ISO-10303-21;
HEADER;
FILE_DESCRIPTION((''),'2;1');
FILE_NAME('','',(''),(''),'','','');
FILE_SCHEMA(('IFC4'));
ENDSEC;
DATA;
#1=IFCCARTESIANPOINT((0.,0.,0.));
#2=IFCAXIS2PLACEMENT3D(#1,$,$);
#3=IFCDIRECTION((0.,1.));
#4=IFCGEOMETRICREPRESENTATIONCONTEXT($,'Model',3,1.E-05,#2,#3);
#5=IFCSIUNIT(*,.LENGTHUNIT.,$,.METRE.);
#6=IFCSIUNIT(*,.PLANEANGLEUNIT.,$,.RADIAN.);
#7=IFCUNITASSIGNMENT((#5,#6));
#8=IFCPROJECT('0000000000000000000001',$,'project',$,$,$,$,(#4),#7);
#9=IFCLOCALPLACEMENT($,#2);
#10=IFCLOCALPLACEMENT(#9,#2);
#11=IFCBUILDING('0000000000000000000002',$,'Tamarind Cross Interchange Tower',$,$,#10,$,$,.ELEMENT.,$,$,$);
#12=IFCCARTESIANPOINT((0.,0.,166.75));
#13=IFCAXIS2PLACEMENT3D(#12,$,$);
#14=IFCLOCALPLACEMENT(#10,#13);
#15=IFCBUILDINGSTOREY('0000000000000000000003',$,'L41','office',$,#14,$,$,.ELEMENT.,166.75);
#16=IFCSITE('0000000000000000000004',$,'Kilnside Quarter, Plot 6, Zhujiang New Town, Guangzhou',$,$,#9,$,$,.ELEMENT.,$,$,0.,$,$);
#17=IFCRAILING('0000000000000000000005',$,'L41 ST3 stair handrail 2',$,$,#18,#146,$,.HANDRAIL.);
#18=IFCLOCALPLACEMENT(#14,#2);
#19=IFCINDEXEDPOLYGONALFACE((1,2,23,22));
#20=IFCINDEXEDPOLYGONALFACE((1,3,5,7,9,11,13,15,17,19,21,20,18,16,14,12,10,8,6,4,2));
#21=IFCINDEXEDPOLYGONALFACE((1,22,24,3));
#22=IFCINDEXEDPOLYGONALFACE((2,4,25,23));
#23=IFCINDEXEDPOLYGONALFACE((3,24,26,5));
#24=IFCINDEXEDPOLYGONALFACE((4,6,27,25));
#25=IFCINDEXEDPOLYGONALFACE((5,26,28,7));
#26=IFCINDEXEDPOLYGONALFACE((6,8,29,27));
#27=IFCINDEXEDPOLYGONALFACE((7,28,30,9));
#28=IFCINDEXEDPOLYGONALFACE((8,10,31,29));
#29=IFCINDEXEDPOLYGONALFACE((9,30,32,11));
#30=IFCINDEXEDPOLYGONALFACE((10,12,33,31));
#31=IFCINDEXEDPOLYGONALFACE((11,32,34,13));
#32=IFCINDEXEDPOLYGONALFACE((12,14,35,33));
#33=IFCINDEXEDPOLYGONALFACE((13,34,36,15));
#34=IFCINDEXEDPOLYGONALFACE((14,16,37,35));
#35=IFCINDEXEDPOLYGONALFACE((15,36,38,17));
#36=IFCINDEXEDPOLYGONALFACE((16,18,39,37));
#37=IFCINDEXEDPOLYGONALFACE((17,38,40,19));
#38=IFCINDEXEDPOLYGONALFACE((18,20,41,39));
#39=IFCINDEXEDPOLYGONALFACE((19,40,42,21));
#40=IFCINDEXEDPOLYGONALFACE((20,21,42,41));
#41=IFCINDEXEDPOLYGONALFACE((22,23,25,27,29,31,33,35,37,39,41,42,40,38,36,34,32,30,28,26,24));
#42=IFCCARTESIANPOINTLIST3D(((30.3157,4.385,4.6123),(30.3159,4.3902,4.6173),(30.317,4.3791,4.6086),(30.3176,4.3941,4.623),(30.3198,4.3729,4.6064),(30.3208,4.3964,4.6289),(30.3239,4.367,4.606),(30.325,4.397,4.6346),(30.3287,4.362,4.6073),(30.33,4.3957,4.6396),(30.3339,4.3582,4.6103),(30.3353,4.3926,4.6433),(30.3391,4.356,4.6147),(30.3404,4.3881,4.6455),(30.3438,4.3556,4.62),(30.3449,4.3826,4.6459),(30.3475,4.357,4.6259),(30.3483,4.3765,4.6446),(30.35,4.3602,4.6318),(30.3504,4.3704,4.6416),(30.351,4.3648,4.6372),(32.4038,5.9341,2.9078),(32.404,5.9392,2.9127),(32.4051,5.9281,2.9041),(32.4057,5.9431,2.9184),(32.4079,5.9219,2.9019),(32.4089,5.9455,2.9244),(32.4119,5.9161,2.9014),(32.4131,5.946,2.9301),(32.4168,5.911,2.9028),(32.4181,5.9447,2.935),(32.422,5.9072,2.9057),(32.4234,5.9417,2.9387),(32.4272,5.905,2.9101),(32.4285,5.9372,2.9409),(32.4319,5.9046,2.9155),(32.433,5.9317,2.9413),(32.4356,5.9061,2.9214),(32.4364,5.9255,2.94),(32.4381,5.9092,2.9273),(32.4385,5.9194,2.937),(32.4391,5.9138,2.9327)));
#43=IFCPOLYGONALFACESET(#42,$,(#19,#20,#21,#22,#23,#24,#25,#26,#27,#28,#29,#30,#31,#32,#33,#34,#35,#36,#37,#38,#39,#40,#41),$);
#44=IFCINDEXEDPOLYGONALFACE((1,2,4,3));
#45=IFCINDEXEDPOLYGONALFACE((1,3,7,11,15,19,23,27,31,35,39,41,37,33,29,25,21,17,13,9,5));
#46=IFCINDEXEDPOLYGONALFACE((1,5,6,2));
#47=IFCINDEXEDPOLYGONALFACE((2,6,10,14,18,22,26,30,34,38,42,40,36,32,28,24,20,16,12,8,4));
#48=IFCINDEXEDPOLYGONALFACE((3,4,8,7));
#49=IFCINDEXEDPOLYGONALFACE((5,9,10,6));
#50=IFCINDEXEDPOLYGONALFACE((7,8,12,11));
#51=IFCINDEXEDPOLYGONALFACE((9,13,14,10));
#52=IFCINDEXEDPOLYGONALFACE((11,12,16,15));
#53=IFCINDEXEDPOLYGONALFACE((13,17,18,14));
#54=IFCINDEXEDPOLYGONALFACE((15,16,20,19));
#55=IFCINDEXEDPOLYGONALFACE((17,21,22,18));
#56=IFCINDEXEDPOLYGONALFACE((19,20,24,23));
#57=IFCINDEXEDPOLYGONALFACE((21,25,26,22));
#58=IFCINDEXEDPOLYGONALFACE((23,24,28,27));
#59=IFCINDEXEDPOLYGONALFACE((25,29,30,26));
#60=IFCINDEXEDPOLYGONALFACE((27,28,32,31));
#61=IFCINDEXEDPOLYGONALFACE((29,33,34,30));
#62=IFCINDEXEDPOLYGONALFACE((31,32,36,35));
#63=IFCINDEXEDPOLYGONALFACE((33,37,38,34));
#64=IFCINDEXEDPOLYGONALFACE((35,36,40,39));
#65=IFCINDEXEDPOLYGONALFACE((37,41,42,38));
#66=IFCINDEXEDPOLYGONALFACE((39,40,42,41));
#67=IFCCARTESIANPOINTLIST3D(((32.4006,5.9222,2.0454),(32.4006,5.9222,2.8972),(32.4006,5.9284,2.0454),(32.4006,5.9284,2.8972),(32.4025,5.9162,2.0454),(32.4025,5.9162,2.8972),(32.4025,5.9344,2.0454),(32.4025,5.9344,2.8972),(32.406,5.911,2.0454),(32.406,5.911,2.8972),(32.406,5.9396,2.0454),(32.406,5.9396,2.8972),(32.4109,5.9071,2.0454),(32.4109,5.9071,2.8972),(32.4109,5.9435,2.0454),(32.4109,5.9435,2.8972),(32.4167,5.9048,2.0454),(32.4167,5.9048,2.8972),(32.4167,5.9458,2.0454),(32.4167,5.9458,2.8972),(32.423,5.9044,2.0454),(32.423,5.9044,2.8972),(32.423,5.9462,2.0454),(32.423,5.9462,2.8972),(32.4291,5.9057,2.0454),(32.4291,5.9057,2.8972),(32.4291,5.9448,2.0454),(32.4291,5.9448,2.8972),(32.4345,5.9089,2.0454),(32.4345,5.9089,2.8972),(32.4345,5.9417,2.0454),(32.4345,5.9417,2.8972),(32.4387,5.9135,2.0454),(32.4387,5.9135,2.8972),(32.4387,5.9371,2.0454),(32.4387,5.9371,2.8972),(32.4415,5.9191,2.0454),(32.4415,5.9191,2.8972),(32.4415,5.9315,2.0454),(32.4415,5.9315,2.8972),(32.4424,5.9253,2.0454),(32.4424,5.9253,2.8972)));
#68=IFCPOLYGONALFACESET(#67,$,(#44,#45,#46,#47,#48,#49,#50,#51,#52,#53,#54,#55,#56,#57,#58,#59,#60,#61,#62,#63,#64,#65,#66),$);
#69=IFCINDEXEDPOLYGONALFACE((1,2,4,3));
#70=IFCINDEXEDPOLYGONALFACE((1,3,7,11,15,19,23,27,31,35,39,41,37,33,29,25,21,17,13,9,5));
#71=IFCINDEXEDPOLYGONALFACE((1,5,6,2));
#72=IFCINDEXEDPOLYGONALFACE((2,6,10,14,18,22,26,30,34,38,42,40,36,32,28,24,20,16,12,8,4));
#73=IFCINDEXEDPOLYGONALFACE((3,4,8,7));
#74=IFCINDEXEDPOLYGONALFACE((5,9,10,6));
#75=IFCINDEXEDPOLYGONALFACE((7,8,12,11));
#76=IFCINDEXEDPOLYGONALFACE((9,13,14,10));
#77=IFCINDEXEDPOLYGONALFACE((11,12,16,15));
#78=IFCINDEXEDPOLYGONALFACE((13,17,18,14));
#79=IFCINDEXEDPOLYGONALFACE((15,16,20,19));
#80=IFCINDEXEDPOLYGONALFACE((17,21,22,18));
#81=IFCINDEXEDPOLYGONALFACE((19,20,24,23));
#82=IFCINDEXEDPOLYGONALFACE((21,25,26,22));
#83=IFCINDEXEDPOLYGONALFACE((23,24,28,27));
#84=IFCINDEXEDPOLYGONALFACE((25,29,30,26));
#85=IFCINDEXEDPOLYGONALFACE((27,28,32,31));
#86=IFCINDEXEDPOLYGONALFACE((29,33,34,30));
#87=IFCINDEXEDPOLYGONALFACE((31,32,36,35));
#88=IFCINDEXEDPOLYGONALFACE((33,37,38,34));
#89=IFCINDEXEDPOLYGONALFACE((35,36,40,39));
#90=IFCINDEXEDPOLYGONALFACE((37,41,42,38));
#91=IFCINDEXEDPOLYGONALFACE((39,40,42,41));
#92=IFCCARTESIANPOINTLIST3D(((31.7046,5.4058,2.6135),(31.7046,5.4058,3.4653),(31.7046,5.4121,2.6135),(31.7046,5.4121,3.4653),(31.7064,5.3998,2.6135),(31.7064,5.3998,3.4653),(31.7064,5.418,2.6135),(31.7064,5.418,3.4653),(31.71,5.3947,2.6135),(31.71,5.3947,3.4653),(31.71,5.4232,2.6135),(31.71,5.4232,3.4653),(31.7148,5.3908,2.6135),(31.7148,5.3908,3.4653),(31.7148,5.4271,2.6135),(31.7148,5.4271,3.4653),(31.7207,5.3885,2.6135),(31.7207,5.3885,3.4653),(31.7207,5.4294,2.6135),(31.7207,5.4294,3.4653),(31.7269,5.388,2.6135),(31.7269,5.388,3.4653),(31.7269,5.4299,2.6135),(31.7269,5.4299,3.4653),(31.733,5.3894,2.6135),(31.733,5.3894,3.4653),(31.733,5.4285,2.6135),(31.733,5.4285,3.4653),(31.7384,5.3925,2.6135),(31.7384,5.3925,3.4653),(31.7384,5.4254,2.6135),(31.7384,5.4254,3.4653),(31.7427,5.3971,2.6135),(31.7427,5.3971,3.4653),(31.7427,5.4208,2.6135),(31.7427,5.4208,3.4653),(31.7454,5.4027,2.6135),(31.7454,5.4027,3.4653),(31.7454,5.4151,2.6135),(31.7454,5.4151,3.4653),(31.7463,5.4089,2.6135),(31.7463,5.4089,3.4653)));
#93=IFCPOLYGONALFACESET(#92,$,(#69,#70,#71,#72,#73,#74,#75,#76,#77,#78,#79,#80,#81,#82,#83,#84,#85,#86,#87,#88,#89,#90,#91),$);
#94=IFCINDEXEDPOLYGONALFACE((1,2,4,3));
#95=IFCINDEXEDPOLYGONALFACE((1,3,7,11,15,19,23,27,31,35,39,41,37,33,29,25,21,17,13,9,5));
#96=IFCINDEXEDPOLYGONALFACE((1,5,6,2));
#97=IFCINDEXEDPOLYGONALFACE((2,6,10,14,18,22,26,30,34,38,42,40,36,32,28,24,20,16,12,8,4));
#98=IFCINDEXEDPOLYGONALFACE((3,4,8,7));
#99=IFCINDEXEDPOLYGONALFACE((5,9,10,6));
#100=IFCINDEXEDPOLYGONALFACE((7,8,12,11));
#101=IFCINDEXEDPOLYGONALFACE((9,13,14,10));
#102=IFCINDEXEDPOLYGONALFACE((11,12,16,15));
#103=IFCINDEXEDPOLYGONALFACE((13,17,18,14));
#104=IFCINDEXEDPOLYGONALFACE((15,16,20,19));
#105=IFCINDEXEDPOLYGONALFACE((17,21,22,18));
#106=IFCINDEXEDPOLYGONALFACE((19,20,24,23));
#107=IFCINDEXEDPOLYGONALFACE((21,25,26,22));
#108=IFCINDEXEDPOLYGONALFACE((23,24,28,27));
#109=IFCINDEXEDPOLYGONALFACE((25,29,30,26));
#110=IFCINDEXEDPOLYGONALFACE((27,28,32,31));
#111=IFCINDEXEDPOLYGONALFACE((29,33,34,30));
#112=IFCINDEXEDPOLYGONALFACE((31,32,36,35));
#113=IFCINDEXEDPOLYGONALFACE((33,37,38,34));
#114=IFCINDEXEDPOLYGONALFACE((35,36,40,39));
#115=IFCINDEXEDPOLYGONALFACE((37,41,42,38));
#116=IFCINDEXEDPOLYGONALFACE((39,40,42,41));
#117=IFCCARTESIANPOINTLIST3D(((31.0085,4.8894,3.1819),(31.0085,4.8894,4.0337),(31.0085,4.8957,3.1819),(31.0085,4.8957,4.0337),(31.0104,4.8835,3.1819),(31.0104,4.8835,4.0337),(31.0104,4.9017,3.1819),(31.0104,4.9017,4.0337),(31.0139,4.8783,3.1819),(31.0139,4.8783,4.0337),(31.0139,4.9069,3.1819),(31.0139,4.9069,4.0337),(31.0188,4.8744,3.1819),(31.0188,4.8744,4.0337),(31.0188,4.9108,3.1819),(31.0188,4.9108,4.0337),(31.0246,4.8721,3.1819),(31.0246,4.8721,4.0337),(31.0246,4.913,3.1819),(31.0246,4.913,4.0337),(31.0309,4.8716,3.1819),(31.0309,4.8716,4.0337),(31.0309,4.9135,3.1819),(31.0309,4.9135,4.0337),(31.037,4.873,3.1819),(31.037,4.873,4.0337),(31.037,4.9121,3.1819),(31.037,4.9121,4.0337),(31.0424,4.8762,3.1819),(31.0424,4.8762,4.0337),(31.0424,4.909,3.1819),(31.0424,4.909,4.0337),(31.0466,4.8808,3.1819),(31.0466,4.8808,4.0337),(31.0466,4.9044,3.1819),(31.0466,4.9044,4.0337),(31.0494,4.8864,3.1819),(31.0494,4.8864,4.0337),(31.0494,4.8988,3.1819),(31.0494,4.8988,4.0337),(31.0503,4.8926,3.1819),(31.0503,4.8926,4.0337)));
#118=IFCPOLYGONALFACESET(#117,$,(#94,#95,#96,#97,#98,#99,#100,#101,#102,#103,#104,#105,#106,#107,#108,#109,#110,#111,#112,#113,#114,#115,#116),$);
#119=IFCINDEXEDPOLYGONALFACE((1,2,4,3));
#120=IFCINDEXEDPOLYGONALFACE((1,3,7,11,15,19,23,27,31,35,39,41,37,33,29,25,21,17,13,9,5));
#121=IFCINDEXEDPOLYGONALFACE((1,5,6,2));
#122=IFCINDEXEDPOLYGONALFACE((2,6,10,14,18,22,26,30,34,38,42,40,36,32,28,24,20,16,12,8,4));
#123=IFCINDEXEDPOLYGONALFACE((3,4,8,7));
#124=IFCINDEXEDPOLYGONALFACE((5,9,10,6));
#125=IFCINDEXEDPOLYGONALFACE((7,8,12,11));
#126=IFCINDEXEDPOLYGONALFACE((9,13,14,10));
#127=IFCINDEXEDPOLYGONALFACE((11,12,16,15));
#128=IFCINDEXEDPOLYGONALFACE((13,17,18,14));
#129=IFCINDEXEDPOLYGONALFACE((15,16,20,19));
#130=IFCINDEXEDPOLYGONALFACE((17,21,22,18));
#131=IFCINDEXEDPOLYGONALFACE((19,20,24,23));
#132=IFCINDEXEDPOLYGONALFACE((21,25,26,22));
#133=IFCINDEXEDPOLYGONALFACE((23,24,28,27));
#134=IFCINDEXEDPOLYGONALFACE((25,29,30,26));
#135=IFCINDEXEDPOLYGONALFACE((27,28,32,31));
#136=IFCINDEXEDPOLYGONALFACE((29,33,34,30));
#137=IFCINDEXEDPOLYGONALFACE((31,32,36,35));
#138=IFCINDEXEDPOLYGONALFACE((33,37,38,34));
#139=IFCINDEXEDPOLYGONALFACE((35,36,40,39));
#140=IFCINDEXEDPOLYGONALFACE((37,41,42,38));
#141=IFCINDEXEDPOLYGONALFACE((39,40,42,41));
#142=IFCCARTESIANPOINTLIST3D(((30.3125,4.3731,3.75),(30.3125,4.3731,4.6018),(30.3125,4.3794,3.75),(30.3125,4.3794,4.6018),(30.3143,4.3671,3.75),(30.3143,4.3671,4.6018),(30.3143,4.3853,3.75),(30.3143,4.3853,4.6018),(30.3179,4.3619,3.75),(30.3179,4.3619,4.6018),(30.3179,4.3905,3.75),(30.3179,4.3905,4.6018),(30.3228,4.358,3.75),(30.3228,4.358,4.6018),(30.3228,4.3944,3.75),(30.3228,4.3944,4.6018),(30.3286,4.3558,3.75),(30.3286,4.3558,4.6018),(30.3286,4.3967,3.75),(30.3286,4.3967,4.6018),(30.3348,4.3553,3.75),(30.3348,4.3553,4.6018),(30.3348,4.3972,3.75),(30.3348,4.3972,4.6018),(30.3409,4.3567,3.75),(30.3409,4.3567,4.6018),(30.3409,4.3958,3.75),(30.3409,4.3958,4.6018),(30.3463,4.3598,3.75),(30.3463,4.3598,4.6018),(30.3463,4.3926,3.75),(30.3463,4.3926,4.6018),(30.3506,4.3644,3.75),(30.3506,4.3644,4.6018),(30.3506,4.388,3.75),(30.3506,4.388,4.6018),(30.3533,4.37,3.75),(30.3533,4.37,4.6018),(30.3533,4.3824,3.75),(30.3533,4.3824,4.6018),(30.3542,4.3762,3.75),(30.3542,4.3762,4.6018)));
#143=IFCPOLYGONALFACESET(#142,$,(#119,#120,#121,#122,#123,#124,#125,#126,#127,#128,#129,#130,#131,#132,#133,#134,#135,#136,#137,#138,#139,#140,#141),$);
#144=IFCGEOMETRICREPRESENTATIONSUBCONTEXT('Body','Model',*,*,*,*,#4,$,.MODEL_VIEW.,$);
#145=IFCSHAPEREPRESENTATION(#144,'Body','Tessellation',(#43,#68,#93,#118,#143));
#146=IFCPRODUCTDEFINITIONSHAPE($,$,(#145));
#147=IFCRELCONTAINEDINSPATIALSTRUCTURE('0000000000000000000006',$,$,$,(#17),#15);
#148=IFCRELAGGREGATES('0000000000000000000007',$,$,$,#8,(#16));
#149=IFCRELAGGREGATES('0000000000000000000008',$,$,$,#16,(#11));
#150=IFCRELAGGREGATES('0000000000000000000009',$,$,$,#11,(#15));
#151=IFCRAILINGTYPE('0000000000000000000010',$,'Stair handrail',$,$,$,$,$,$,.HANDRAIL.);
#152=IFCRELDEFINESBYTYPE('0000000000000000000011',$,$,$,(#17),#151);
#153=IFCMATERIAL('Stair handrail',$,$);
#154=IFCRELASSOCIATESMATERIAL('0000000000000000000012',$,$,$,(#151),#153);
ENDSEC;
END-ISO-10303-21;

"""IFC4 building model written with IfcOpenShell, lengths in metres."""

from ifc_helpers import new_model, si_unit, direction, frame, origin, origin_2d, place, context, subcontext, project, spatial, circle, extrude, material, type_object, element, save


model = new_model("IFC4")

# Units and contexts
model_context = context("Model", 3, precision=1e-05, world=origin(), true_north=direction((0.0, 1.0)))
body_context = subcontext(model_context, "Body", "Model", "MODEL_VIEW")
ifc_project = project(units=[si_unit("LENGTHUNIT", "METRE"), si_unit("PLANEANGLEUNIT", "RADIAN")], contexts=[model_context])

# Site, building, storey
site_placement = place(None, origin())
site = spatial("IfcSite", under=ifc_project, at=site_placement, Name="Kilnside Quarter, Plot 6, Zhujiang New Town, Guangzhou", CompositionType="ELEMENT", RefElevation=0.0)
building_placement = place(site_placement, origin())
building = spatial("IfcBuilding", under=site, at=building_placement, Name="Tamarind Cross Interchange Tower", CompositionType="ELEMENT")
storey_placement = place(building_placement, frame((0.0, 0.0, 166.75)))
storey = spatial("IfcBuildingStorey", under=building, at=storey_placement, Name="L41", Description="office", CompositionType="ELEMENT", Elevation=166.75)

# Railing
ifc_material_1 = material(Name="Stair handrail")
railing_type_1 = type_object("IfcRailingType", Name="Stair handrail", PredefinedType="HANDRAIL", material=ifc_material_1)
railing_1_placement = place(storey_placement, frame((32.4214, 5.9253, 2.0454)))
element("IfcRailing", 1, at=railing_1_placement, inside=storey, type_object=railing_type_1, Name="L41 ST3 stair handrail 2", PredefinedType="HANDRAIL", context=body_context, shape_type="SweptSolid", body=[
    extrude(circle(Radius=0.0239, at=origin_2d()), frame((0.0, 0.0, 0.876), z_axis=(-0.671653, -0.498263, 0.548285), x_axis=(0.5958, -0.803133, 0.0)), (0.0, 0.0, 1.0), 3.1089),
    extrude(circle(Radius=0.021, at=origin_2d()), origin(), (0.0, 0.0, 1.0), 0.8518),
    extrude(circle(Radius=0.021, at=origin_2d()), frame((-0.696, -0.5164, 0.5681)), (0.0, 0.0, 1.0), 0.8518),
    extrude(circle(Radius=0.021, at=origin_2d()), frame((-1.3921, -1.0327, 1.1365)), (0.0, 0.0, 1.0), 0.8518),
    extrude(circle(Radius=0.021, at=origin_2d()), frame((-2.0881, -1.5491, 1.7046)), (0.0, 0.0, 1.0), 0.8518),
])

save(model, "model.ifc")
